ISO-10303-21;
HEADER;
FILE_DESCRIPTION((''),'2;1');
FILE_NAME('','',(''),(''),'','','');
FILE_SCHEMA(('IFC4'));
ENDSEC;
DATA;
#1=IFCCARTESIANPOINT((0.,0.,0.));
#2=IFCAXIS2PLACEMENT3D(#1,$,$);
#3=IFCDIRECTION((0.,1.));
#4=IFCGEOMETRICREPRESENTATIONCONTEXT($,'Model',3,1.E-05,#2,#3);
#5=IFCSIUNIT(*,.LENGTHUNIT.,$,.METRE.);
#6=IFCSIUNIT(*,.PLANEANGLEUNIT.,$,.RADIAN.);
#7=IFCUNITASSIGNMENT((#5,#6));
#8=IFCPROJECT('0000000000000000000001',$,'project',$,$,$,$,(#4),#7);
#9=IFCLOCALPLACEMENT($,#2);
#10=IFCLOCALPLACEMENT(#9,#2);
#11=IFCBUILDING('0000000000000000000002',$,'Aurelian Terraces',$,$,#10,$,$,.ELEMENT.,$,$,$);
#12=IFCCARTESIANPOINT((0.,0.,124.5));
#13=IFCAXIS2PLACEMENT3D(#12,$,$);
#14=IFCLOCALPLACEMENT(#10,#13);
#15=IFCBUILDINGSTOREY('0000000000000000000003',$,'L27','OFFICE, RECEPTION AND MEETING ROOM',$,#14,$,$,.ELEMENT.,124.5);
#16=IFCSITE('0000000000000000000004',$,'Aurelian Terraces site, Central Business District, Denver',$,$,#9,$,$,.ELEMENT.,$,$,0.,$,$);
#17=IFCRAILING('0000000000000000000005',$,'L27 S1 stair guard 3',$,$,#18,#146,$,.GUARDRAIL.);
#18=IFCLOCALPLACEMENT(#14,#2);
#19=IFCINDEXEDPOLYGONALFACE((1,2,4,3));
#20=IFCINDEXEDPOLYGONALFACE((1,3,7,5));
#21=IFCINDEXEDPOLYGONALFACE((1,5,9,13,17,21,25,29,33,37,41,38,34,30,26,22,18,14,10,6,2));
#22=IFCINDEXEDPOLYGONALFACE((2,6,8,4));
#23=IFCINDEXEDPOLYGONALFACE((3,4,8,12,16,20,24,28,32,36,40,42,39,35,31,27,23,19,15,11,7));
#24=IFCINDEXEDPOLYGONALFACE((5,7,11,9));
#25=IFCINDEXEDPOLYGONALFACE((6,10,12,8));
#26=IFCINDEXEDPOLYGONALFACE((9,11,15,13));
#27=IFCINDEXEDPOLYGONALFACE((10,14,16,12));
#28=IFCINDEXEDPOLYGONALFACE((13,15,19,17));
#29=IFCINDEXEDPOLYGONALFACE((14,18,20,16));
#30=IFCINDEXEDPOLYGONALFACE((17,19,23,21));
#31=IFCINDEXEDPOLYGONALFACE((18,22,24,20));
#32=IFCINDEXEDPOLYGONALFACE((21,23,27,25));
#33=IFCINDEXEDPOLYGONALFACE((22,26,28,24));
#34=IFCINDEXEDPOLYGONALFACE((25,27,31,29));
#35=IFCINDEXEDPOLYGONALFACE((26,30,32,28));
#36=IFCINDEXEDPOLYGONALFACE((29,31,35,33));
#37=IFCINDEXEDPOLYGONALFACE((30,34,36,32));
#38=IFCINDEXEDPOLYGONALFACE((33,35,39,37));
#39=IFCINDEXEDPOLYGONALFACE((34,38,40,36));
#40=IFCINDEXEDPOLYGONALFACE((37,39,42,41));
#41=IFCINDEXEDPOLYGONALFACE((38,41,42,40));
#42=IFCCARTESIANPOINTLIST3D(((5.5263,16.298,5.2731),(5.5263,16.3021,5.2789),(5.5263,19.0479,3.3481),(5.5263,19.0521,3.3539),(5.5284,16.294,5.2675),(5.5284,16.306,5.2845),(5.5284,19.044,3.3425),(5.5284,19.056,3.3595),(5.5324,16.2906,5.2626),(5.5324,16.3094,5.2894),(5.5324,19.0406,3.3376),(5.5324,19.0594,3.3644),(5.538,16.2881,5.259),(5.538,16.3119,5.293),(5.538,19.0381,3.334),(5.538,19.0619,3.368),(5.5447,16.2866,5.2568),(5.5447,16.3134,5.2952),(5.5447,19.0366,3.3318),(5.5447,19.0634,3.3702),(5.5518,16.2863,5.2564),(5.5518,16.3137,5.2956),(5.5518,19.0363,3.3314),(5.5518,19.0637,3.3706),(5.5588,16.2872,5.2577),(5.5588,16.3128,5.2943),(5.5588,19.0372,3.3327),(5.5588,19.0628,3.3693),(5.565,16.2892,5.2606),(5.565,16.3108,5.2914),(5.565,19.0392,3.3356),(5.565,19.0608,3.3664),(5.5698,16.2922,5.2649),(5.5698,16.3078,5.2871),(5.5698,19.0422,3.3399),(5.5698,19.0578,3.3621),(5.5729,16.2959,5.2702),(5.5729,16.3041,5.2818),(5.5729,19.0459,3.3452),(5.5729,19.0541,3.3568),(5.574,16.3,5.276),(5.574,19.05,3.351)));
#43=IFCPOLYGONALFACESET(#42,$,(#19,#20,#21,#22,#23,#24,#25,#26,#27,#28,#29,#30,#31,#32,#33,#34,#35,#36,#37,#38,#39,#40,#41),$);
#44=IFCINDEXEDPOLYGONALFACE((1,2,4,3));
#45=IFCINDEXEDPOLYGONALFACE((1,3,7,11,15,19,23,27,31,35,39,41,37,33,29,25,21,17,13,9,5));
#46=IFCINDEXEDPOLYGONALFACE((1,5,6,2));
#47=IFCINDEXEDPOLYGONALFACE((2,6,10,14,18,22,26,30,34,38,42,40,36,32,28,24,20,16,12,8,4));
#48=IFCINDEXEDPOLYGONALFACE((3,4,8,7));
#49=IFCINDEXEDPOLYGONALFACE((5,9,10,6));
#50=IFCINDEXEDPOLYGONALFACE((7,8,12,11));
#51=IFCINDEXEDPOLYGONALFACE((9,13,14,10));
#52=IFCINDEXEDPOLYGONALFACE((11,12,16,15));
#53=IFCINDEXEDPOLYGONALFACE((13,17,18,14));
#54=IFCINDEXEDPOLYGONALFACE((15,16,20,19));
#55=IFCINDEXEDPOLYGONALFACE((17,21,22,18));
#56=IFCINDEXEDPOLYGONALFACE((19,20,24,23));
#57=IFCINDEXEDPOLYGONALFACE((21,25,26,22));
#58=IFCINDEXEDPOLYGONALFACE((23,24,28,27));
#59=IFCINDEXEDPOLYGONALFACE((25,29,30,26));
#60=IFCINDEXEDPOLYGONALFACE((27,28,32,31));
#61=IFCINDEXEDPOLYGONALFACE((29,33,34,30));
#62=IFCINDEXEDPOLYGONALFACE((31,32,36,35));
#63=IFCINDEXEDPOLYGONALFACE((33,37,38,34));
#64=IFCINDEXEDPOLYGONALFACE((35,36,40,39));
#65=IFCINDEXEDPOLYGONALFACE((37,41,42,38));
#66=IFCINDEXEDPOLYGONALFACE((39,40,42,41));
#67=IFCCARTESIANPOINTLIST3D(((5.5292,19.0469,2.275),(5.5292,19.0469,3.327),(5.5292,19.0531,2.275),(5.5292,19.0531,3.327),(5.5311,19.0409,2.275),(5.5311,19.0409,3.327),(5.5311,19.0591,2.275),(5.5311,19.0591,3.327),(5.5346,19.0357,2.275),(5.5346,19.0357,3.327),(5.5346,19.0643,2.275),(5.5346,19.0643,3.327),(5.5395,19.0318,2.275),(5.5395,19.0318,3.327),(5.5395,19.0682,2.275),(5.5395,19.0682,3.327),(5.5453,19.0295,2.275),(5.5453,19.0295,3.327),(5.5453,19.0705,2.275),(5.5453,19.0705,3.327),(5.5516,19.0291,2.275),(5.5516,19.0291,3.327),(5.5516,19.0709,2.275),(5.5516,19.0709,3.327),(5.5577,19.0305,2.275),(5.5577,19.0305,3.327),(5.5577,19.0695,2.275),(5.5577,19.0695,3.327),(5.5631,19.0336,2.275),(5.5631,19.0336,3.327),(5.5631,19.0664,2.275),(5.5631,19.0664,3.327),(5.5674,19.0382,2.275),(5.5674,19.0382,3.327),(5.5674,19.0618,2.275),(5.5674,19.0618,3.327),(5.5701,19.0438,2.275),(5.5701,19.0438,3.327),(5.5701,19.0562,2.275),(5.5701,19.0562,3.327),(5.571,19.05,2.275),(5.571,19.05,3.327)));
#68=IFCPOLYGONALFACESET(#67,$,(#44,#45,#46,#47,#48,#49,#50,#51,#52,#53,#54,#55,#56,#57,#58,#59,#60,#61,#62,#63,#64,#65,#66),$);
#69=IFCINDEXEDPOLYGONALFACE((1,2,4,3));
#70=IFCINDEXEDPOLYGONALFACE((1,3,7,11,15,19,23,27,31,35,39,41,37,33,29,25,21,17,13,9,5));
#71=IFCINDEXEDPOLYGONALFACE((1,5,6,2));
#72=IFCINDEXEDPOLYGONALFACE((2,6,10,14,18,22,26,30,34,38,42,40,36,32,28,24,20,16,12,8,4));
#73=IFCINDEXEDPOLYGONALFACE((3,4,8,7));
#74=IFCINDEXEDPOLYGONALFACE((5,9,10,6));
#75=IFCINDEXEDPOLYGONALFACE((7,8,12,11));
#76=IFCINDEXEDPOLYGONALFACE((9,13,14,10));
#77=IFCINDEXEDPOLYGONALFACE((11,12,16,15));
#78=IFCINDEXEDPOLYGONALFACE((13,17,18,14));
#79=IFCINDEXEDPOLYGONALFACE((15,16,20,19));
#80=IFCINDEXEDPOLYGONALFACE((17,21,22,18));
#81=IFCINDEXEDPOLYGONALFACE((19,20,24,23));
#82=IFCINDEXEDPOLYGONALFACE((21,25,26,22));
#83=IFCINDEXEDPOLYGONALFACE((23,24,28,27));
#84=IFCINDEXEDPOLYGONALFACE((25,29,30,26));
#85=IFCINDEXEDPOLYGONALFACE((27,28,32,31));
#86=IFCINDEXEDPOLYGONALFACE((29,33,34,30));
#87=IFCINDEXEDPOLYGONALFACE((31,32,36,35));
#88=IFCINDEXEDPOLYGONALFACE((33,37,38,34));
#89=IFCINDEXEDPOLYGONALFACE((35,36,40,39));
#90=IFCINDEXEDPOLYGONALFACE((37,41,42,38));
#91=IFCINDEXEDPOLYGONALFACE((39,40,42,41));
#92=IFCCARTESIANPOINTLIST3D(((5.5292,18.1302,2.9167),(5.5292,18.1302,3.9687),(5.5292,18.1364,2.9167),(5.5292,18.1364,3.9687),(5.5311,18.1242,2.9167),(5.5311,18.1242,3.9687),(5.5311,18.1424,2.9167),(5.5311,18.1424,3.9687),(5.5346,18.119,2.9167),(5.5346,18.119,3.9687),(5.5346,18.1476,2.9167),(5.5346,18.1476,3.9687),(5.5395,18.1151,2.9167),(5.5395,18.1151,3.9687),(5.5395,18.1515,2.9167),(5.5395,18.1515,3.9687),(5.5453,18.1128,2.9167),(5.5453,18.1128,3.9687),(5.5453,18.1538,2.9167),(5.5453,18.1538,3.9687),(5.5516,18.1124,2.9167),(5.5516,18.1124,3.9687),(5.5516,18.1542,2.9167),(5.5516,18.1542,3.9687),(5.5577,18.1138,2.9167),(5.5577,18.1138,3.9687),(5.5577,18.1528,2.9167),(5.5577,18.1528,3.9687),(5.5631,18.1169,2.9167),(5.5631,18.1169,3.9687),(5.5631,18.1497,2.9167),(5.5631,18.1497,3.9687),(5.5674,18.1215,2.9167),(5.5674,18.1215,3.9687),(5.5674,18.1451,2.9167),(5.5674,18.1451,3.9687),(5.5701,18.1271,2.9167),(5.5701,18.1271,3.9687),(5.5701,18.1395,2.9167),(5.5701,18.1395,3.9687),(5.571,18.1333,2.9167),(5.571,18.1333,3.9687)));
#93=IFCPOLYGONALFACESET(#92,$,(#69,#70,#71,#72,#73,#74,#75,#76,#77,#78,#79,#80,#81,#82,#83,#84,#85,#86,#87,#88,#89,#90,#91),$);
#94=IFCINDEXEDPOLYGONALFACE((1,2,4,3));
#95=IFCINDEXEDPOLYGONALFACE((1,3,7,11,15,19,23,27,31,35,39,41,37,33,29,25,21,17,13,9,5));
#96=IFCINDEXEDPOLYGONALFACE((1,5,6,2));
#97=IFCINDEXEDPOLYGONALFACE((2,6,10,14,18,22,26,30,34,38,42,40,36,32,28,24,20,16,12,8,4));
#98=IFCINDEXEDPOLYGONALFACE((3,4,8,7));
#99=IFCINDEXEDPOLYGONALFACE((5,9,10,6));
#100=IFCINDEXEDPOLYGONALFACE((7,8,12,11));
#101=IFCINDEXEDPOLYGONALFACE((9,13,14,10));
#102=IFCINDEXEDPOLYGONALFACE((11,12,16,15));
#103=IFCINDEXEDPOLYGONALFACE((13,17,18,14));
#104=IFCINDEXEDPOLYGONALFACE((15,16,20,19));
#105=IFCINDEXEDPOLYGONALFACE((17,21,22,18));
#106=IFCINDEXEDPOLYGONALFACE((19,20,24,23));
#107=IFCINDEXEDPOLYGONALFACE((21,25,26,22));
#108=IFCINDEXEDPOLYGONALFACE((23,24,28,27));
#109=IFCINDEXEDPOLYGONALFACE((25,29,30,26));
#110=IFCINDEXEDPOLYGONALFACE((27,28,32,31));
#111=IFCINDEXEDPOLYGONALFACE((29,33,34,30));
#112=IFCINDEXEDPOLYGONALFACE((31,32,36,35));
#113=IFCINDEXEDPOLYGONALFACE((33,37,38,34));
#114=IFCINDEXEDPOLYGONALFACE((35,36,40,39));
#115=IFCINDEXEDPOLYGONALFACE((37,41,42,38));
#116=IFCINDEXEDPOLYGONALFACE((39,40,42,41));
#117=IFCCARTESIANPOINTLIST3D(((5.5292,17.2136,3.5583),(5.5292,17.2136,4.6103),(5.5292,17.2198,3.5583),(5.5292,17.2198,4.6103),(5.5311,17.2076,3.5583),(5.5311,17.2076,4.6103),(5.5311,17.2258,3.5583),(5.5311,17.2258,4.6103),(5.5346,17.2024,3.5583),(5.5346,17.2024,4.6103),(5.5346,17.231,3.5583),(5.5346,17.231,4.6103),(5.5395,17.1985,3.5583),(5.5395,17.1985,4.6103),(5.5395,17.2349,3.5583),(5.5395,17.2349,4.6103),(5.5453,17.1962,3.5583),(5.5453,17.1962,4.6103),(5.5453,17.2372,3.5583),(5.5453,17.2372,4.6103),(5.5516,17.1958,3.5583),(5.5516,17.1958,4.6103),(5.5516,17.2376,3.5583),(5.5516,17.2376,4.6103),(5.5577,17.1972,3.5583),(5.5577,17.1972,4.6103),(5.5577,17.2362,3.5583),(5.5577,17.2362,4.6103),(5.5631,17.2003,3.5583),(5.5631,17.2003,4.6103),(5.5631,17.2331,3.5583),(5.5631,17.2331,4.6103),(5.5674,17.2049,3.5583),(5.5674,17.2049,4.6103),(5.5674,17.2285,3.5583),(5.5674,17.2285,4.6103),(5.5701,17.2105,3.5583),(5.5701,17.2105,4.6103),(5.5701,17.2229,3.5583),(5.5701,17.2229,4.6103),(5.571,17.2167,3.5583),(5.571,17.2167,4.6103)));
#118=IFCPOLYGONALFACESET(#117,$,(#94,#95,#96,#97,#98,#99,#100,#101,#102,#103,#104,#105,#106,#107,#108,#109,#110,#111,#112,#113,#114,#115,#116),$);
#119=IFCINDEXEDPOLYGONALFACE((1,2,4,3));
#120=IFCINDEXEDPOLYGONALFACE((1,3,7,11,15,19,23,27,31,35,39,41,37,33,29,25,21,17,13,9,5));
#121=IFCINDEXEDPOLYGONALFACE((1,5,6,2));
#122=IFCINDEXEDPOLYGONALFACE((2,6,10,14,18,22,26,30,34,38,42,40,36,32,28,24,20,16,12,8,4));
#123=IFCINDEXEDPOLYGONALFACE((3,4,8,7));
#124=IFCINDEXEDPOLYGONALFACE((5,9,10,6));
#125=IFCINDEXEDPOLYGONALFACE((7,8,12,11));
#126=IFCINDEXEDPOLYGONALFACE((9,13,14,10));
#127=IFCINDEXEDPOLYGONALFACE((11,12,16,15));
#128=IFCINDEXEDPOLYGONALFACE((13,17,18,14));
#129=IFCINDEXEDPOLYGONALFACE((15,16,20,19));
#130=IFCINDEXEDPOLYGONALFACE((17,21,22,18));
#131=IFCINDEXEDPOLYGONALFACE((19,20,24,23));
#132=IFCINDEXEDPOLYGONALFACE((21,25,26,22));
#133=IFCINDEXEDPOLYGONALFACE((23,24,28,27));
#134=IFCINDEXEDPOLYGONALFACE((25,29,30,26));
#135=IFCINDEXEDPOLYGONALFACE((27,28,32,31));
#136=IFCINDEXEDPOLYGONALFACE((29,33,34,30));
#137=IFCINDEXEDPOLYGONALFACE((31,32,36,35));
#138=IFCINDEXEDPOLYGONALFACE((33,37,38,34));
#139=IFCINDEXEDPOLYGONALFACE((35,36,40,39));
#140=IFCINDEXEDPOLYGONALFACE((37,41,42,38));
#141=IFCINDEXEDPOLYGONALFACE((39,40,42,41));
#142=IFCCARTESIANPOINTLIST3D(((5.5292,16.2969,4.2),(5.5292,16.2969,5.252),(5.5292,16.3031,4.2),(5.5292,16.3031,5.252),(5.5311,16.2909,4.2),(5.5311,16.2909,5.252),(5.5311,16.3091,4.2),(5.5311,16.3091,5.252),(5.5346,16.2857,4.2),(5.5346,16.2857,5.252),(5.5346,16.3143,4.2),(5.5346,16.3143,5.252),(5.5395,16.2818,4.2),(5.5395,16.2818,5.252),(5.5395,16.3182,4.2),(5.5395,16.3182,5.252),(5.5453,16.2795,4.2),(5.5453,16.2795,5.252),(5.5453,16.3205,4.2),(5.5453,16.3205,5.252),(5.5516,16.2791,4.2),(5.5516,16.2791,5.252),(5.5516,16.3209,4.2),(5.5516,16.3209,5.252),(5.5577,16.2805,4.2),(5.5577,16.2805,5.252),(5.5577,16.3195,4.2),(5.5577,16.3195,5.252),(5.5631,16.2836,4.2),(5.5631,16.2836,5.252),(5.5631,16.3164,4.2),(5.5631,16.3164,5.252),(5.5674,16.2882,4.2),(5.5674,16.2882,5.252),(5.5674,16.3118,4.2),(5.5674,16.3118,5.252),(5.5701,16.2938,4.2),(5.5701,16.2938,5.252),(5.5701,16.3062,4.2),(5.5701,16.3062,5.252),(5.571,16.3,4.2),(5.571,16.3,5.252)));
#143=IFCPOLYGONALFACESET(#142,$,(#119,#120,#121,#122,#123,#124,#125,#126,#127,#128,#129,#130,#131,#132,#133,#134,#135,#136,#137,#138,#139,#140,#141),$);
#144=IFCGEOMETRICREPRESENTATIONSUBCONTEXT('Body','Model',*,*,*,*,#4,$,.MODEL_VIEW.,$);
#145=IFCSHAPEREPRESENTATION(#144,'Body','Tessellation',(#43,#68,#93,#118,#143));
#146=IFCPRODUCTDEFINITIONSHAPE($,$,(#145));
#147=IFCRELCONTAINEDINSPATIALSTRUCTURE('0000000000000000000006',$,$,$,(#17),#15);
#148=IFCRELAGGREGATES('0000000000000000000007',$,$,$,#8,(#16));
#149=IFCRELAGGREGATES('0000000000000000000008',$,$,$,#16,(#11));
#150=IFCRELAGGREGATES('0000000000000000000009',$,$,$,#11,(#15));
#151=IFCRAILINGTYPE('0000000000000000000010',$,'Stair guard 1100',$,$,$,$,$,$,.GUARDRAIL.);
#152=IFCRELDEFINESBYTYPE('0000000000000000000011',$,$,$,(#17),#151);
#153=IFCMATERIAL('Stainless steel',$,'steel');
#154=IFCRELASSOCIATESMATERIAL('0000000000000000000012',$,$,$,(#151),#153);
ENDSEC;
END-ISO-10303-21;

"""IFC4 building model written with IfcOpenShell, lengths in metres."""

from ifc_helpers import new_model, si_unit, direction, frame, origin, origin_2d, place, context, subcontext, project, spatial, circle, extrude, source, transform, mapped, material, type_object, element, save


model = new_model("IFC4")

# Units and contexts
model_context = context("Model", 3, precision=1e-05, world=origin(), true_north=direction((0.0, 1.0)))
body_context = subcontext(model_context, "Body", "Model", "MODEL_VIEW")
ifc_project = project(units=[si_unit("LENGTHUNIT", "METRE"), si_unit("PLANEANGLEUNIT", "RADIAN")], contexts=[model_context])

# Site, building, storey
site_placement = place(None, origin())
site = spatial("IfcSite", under=ifc_project, at=site_placement, Name="Aurelian Terraces site, Central Business District, Denver", CompositionType="ELEMENT", RefElevation=0.0)
building_placement = place(site_placement, origin())
building = spatial("IfcBuilding", under=site, at=building_placement, Name="Aurelian Terraces", CompositionType="ELEMENT")
storey_placement = place(building_placement, frame((0.0, 0.0, 124.5)))
storey = spatial("IfcBuildingStorey", under=building, at=storey_placement, Name="L27", Description="OFFICE, RECEPTION AND MEETING ROOM", CompositionType="ELEMENT", Elevation=124.5)

# Railing
ifc_material_1 = material(Name="Stainless steel", Category="steel")
railing_type_1 = type_object("IfcRailingType", Name="Stair guard 1100", PredefinedType="GUARDRAIL", material=ifc_material_1)
shared_shape_1 = source(origin(), body_context, "Body", "SweptSolid", [
    extrude(circle(Radius=0.024, at=origin_2d()), frame((0.0, 0.0, 1.076), z_axis=(0.0, -0.819232, 0.573462), x_axis=(1.0, 0.0, 0.0)), (0.0, 0.0, 1.0), 3.3568),
    extrude(circle(Radius=0.021, at=origin_2d()), origin(), (0.0, 0.0, 1.0), 1.052),
    extrude(circle(Radius=0.021, at=origin_2d()), frame((0.0, -0.9167, 0.6417)), (0.0, 0.0, 1.0), 1.052),
    extrude(circle(Radius=0.021, at=origin_2d()), frame((0.0, -1.8333, 1.2833)), (0.0, 0.0, 1.0), 1.052),
    extrude(circle(Radius=0.021, at=origin_2d()), frame((0.0, -2.75, 1.925)), (0.0, 0.0, 1.0), 1.052),
])
railing_1_placement = place(storey_placement, frame((5.55, 19.05, 2.275)))
element("IfcRailing", 1, at=railing_1_placement, inside=storey, type_object=railing_type_1, Name="L27 S1 stair guard 3", PredefinedType="GUARDRAIL", context=body_context, shape_type="MappedRepresentation", body=[
    mapped(shared_shape_1, transform((0.0, 0.0, 0.0), scale=1.0)),
])

save(model, "model.ifc")
